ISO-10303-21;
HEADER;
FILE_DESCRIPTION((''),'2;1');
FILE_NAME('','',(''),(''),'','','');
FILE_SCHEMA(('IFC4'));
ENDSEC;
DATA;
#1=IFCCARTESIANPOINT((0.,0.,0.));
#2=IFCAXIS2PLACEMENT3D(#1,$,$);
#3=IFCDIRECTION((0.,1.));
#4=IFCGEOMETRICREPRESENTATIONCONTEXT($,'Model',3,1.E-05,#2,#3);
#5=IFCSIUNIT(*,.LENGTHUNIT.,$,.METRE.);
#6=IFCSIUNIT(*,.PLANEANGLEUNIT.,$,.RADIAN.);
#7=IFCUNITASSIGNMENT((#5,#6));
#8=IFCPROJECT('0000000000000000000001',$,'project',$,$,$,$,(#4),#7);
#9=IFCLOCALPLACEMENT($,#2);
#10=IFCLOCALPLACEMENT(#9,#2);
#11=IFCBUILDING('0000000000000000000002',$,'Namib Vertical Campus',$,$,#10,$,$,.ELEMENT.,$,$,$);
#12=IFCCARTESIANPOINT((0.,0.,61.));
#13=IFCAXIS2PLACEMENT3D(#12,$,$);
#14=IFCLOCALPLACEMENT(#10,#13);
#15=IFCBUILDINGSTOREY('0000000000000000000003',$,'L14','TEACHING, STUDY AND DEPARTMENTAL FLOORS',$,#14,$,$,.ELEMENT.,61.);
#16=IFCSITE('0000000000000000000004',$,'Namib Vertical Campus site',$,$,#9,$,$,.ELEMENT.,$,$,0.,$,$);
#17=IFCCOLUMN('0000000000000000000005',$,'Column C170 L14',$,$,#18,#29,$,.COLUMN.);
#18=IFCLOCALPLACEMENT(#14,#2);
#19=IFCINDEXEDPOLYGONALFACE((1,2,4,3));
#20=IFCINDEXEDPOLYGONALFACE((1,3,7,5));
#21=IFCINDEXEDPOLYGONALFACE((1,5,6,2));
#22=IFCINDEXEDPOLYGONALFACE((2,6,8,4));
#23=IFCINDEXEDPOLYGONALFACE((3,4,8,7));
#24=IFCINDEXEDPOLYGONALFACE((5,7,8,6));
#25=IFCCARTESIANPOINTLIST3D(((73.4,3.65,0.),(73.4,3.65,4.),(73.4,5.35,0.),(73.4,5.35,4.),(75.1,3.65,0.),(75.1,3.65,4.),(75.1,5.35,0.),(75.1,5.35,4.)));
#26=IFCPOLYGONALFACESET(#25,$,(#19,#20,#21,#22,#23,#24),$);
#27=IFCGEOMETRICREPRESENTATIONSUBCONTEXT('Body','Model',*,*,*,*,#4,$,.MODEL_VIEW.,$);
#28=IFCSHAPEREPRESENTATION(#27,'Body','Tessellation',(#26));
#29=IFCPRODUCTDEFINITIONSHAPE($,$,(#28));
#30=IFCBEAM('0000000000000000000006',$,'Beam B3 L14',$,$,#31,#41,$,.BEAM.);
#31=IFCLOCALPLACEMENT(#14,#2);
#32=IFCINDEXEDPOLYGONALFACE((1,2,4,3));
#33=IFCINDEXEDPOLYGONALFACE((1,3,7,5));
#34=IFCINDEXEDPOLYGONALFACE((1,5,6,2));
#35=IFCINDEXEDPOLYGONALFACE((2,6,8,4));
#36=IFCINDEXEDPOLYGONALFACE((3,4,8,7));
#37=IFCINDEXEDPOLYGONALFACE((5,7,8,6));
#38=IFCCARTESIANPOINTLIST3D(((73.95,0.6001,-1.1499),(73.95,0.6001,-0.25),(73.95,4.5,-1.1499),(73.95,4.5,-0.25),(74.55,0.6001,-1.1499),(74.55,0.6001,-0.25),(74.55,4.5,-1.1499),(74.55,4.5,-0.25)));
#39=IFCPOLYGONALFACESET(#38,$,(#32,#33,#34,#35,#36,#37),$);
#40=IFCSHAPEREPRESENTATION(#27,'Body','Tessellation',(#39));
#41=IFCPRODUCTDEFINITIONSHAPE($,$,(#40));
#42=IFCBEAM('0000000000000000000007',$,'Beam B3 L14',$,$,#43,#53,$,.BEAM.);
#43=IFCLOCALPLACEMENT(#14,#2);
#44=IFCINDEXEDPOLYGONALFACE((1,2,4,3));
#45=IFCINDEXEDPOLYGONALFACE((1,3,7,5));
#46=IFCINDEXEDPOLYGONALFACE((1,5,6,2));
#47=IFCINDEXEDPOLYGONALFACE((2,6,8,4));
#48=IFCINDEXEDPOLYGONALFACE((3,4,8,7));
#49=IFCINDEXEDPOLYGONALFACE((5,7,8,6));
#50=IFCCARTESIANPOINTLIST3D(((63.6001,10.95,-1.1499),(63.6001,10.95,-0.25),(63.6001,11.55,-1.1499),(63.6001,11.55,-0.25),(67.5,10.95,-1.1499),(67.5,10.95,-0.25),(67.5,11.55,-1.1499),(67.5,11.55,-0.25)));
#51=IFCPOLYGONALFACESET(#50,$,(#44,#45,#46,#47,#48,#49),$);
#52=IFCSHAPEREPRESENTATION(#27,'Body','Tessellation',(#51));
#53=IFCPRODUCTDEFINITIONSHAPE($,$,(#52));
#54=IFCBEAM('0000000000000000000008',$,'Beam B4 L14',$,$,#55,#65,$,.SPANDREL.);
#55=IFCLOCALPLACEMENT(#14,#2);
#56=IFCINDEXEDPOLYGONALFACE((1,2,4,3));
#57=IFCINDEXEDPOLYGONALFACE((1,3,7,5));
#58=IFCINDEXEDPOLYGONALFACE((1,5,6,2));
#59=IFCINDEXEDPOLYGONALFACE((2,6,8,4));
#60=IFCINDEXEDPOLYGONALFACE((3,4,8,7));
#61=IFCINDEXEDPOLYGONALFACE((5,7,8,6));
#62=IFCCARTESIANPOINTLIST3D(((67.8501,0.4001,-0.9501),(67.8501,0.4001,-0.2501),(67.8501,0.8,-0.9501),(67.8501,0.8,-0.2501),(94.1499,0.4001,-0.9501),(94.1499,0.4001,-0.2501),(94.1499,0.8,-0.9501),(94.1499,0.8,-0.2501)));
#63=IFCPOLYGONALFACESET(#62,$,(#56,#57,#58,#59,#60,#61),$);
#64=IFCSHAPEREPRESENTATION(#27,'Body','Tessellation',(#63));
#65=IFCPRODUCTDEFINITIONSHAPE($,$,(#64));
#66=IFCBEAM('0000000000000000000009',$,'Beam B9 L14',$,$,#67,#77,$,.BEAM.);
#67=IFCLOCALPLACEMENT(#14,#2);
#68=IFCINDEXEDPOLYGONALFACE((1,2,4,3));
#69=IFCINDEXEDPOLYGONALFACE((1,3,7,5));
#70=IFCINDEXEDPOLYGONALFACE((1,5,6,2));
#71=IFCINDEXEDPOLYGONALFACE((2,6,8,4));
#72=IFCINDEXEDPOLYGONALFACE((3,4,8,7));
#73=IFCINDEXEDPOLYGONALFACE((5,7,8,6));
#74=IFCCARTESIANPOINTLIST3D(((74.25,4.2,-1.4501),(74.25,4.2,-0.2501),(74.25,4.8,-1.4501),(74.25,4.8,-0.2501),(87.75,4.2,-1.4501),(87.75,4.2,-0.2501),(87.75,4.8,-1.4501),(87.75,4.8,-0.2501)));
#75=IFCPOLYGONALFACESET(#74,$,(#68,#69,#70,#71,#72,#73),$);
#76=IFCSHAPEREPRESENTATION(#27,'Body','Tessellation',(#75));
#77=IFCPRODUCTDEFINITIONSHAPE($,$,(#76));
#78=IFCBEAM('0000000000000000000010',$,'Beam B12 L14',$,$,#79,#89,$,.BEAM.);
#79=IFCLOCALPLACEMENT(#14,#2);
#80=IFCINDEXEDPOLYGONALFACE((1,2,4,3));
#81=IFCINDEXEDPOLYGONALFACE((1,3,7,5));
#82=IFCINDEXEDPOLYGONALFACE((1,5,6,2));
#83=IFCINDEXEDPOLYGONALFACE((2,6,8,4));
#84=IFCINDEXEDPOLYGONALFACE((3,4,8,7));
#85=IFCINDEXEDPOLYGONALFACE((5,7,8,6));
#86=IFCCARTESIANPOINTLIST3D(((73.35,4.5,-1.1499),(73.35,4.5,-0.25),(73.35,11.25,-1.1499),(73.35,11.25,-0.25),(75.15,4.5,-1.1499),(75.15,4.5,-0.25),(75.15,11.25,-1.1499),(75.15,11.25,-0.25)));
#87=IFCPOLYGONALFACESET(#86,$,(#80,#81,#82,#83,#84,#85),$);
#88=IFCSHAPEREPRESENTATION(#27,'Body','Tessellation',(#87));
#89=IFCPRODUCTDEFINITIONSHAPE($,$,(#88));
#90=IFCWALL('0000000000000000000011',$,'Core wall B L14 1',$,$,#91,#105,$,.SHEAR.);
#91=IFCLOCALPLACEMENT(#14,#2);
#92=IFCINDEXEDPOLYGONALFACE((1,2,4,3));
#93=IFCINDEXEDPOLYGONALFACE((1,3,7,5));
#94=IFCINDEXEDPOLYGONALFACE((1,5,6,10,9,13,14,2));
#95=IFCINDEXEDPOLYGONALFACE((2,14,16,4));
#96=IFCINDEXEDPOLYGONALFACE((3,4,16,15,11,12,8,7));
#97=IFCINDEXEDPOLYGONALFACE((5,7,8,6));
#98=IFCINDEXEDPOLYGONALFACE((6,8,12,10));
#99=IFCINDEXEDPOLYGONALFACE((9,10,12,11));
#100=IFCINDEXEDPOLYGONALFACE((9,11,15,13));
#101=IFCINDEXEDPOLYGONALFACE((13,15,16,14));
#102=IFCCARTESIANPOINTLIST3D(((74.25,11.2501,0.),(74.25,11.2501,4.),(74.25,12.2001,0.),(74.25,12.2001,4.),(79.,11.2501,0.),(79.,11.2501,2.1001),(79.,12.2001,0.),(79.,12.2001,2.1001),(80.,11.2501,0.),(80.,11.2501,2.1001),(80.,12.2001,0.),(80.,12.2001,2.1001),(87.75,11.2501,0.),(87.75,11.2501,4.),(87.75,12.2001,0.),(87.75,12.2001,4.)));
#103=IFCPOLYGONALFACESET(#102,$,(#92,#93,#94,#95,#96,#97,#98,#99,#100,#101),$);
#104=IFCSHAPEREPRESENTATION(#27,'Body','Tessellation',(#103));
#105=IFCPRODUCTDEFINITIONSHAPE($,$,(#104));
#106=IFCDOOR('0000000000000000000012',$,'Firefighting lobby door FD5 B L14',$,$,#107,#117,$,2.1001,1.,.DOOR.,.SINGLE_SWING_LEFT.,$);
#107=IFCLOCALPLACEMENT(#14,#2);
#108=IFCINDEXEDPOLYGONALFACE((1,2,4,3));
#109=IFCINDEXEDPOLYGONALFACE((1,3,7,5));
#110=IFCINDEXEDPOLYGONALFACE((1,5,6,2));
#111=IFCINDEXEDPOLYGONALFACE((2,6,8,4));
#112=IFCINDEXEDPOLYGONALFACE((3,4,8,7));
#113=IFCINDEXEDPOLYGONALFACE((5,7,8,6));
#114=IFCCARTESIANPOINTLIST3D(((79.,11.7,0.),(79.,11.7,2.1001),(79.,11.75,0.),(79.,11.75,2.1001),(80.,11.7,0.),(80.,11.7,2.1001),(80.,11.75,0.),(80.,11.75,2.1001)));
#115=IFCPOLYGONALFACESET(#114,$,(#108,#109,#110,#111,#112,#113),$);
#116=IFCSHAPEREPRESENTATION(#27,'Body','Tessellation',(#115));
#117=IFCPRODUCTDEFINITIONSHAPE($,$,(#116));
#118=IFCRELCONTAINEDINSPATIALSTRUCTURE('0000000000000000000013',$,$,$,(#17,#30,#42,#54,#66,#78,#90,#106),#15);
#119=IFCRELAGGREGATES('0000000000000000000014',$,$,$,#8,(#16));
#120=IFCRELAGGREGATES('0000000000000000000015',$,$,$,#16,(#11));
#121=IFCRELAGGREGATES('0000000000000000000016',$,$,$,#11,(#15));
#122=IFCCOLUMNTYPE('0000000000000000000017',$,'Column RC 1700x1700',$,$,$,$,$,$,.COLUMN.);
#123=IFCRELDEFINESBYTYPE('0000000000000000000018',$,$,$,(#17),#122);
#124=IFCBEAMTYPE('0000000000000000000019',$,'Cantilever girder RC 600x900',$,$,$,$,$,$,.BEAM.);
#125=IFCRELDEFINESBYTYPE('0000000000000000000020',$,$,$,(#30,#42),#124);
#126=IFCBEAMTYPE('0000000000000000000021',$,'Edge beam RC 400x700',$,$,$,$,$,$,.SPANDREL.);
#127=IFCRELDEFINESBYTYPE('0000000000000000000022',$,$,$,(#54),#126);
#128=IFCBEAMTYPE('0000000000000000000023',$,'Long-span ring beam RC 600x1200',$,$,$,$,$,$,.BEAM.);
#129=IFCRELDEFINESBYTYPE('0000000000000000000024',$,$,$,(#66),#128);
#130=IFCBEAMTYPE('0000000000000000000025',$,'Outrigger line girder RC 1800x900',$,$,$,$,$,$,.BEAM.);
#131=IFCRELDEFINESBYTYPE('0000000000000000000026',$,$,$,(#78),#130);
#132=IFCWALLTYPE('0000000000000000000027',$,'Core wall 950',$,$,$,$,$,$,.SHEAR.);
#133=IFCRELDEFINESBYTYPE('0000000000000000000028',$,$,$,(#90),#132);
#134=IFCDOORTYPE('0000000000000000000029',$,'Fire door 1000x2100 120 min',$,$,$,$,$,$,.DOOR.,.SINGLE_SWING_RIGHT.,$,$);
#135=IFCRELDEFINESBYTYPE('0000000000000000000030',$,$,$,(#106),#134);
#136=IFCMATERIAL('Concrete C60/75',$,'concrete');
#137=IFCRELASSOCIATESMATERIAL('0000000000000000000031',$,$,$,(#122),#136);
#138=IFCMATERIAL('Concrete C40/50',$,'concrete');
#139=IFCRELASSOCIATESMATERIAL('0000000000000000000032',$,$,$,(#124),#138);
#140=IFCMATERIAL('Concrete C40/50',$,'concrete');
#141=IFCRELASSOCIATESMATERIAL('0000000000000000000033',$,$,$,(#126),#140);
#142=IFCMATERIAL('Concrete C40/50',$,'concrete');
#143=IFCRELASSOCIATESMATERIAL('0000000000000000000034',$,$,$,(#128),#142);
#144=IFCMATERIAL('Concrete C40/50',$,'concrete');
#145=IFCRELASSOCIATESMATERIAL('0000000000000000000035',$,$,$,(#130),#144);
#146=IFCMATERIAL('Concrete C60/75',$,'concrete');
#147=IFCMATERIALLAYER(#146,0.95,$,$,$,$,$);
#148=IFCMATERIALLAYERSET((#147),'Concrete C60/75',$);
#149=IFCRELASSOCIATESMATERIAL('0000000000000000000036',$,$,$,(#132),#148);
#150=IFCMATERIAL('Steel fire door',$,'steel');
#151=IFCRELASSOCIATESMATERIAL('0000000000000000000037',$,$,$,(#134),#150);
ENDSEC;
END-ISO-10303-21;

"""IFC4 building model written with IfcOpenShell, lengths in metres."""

from ifc_helpers import new_model, si_unit, direction, frame, frame_2d, origin, origin_2d, place, context, subcontext, project, spatial, rectangle, extrude, material, layer, layer_set, material_profile, profile_set, type_object, element, fill, save


model = new_model("IFC4")

# Units and contexts
model_context = context("Model", 3, precision=1e-05, world=origin(), true_north=direction((0.0, 1.0)))
body_context = subcontext(model_context, "Body", "Model", "MODEL_VIEW")
ifc_project = project(units=[si_unit("LENGTHUNIT", "METRE"), si_unit("PLANEANGLEUNIT", "RADIAN")], contexts=[model_context])

# Site, building, storey
site_placement = place(None, origin())
site = spatial("IfcSite", under=ifc_project, at=site_placement, Name="Namib Vertical Campus site", CompositionType="ELEMENT", RefElevation=0.0)
building_placement = place(site_placement, origin())
building = spatial("IfcBuilding", under=site, at=building_placement, Name="Namib Vertical Campus", CompositionType="ELEMENT")
storey_placement = place(building_placement, frame((0.0, 0.0, 61.0)))
storey = spatial("IfcBuildingStorey", under=building, at=storey_placement, Name="L14", Description="TEACHING, STUDY AND DEPARTMENTAL FLOORS", CompositionType="ELEMENT", Elevation=61.0)

# Column
ifc_material_1 = material(Name="Concrete C60/75", Category="concrete")
ifc_material_profile_1 = material_profile(ifc_material_1, rectangle(XDim=1.7, YDim=1.7, at=origin_2d()))
ifc_profile_set_1 = profile_set([ifc_material_profile_1], Name="Concrete C60/75")
column_type = type_object("IfcColumnType", Name="Column RC 1700x1700", PredefinedType="COLUMN", material=ifc_profile_set_1)
column_placement = place(storey_placement, frame((74.25, 4.5, 0.0), z_axis=(0.0, 0.0, 1.0), x_axis=(1.0, 0.0, 0.0)))
element("IfcColumn", 1, at=column_placement, inside=storey, type_object=column_type, Name="Column C170 L14", PredefinedType="COLUMN", context=body_context, shape_type="SweptSolid", body=[
    extrude(rectangle(XDim=1.7, YDim=1.7, at=origin_2d()), origin(), (0.0, 0.0, 1.0), 4.0),
])

# Beams
ifc_material_2 = material(Name="Concrete C40/50", Category="concrete")
ifc_material_profile_2 = material_profile(ifc_material_2, rectangle(XDim=0.6001, YDim=0.8999, at=origin_2d()))
ifc_profile_set_2 = profile_set([ifc_material_profile_2], Name="Concrete C40/50")
beam_type_1 = type_object("IfcBeamType", Name="Cantilever girder RC 600x900", PredefinedType="BEAM", material=ifc_profile_set_2)
for number, where, z_axis, x_axis, name in (
    (2, (74.25, 4.5, -0.7), (0.0, -1.0, 0.0), (1.0, 0.0, 0.0), "Beam B3 L14"),
    (3, (67.5, 11.25, -0.7), (-1.0, 0.0, 0.0), (0.0, -1.0, 0.0), "Beam B3 L14"),
):
    element("IfcBeam", number, at=place(storey_placement, frame(where, z_axis=z_axis, x_axis=x_axis)), inside=storey, type_object=beam_type_1, Name=name, PredefinedType="BEAM", context=body_context, shape_type="SweptSolid", body=[
        extrude(rectangle(XDim=0.6001, YDim=0.8999, at=origin_2d()), origin(), (0.0, 0.0, 1.0), 3.8999),
    ])
ifc_material_3 = material(Name="Concrete C40/50", Category="concrete")
ifc_material_profile_3 = material_profile(ifc_material_3, rectangle(XDim=0.3999, YDim=0.7, at=origin_2d()))
ifc_profile_set_3 = profile_set([ifc_material_profile_3], Name="Concrete C40/50")
beam_type_2 = type_object("IfcBeamType", Name="Edge beam RC 400x700", PredefinedType="SPANDREL", material=ifc_profile_set_3)
beam_1_placement = place(storey_placement, frame((67.8501, 0.6001, -0.6001), z_axis=(1.0, 0.0, 0.0), x_axis=(0.0, 1.0, 0.0)))
element("IfcBeam", 4, at=beam_1_placement, inside=storey, type_object=beam_type_2, Name="Beam B4 L14", PredefinedType="SPANDREL", context=body_context, shape_type="SweptSolid", body=[
    extrude(rectangle(XDim=0.3999, YDim=0.7, at=origin_2d()), origin(), (0.0, 0.0, 1.0), 26.2998),
])
ifc_material_4 = material(Name="Concrete C40/50", Category="concrete")
ifc_material_profile_4 = material_profile(ifc_material_4, rectangle(XDim=0.6001, YDim=1.2, at=origin_2d()))
ifc_profile_set_4 = profile_set([ifc_material_profile_4], Name="Concrete C40/50")
beam_type_3 = type_object("IfcBeamType", Name="Long-span ring beam RC 600x1200", PredefinedType="BEAM", material=ifc_profile_set_4)
beam_2_placement = place(storey_placement, frame((74.25, 4.5, -0.8501), z_axis=(1.0, 0.0, 0.0), x_axis=(0.0, 1.0, 0.0)))
element("IfcBeam", 5, at=beam_2_placement, inside=storey, type_object=beam_type_3, Name="Beam B9 L14", PredefinedType="BEAM", context=body_context, shape_type="SweptSolid", body=[
    extrude(rectangle(XDim=0.6001, YDim=1.2, at=origin_2d()), origin(), (0.0, 0.0, 1.0), 13.5),
])
ifc_material_5 = material(Name="Concrete C40/50", Category="concrete")
ifc_material_profile_5 = material_profile(ifc_material_5, rectangle(XDim=1.8, YDim=0.8999, at=origin_2d()))
ifc_profile_set_5 = profile_set([ifc_material_profile_5], Name="Concrete C40/50")
beam_type_4 = type_object("IfcBeamType", Name="Outrigger line girder RC 1800x900", PredefinedType="BEAM", material=ifc_profile_set_5)
beam_3_placement = place(storey_placement, frame((74.25, 4.5, -0.7), z_axis=(0.0, 1.0, 0.0), x_axis=(-1.0, 0.0, 0.0)))
element("IfcBeam", 6, at=beam_3_placement, inside=storey, type_object=beam_type_4, Name="Beam B12 L14", PredefinedType="BEAM", context=body_context, shape_type="SweptSolid", body=[
    extrude(rectangle(XDim=1.8, YDim=0.8999, at=origin_2d()), origin(), (0.0, 0.0, 1.0), 6.75),
])

# Wall, opening, door
ifc_material_6 = material(Name="Concrete C60/75", Category="concrete")
ifc_layer_1 = layer(ifc_material_6, 0.95)
ifc_layer_set_1 = layer_set([ifc_layer_1], Name="Concrete C60/75")
wall_type_1 = type_object("IfcWallType", Name="Core wall 950", PredefinedType="SHEAR", material=ifc_layer_set_1)
wall_1_placement = place(storey_placement, frame((74.25, 11.7251, 0.0), z_axis=(0.0, 0.0, 1.0), x_axis=(1.0, 0.0, 0.0)))
wall_1 = element("IfcWall", 7, at=wall_1_placement, inside=storey, type_object=wall_type_1, Name="Core wall B L14 1", PredefinedType="SHEAR", context=body_context, shape_type="SweptSolid", body=[
    extrude(rectangle(XDim=13.5, YDim=0.95, at=frame_2d((6.75, 0.0))), origin(), (0.0, 0.0, 1.0), 4.0),
])
opening_1_placement = place(wall_1_placement, frame((4.75, 0.0, 0.0)))
opening_1 = element("IfcOpeningElement", 8, at=opening_1_placement, cuts=wall_1, PredefinedType="OPENING", context=body_context, shape_type="SweptSolid", body=[
    extrude(rectangle(XDim=1.0, YDim=2.1001, at=frame_2d((0.5, 1.05))), frame((0.0, 0.4849, 0.0), z_axis=(0.0, -1.0, 0.0), x_axis=(1.0, 0.0, 0.0)), (0.0, 0.0, 1.0), 0.97),
])
ifc_material_7 = material(Name="Steel fire door", Category="steel")
door_type_1 = type_object("IfcDoorType", Name="Fire door 1000x2100 120 min", OperationType="SINGLE_SWING_RIGHT", PredefinedType="DOOR", material=ifc_material_7)
door_1_placement = place(opening_1_placement, origin())
door_1 = element("IfcDoor", 9, at=door_1_placement, inside=storey, type_object=door_type_1, Name="Firefighting lobby door FD5 B L14", OperationType="SINGLE_SWING_LEFT", OverallHeight=2.1001, OverallWidth=1.0, PredefinedType="DOOR", context=body_context, shape_type="SweptSolid", body=[
    extrude(rectangle(XDim=1.0, YDim=2.1001, at=frame_2d((0.5, 1.05))), frame((0.0, 0.0249, 0.0), z_axis=(0.0, -1.0, 0.0), x_axis=(1.0, 0.0, 0.0)), (0.0, 0.0, 1.0), 0.05),
])
fill(opening_1, door_1)

save(model, "model.ifc")
